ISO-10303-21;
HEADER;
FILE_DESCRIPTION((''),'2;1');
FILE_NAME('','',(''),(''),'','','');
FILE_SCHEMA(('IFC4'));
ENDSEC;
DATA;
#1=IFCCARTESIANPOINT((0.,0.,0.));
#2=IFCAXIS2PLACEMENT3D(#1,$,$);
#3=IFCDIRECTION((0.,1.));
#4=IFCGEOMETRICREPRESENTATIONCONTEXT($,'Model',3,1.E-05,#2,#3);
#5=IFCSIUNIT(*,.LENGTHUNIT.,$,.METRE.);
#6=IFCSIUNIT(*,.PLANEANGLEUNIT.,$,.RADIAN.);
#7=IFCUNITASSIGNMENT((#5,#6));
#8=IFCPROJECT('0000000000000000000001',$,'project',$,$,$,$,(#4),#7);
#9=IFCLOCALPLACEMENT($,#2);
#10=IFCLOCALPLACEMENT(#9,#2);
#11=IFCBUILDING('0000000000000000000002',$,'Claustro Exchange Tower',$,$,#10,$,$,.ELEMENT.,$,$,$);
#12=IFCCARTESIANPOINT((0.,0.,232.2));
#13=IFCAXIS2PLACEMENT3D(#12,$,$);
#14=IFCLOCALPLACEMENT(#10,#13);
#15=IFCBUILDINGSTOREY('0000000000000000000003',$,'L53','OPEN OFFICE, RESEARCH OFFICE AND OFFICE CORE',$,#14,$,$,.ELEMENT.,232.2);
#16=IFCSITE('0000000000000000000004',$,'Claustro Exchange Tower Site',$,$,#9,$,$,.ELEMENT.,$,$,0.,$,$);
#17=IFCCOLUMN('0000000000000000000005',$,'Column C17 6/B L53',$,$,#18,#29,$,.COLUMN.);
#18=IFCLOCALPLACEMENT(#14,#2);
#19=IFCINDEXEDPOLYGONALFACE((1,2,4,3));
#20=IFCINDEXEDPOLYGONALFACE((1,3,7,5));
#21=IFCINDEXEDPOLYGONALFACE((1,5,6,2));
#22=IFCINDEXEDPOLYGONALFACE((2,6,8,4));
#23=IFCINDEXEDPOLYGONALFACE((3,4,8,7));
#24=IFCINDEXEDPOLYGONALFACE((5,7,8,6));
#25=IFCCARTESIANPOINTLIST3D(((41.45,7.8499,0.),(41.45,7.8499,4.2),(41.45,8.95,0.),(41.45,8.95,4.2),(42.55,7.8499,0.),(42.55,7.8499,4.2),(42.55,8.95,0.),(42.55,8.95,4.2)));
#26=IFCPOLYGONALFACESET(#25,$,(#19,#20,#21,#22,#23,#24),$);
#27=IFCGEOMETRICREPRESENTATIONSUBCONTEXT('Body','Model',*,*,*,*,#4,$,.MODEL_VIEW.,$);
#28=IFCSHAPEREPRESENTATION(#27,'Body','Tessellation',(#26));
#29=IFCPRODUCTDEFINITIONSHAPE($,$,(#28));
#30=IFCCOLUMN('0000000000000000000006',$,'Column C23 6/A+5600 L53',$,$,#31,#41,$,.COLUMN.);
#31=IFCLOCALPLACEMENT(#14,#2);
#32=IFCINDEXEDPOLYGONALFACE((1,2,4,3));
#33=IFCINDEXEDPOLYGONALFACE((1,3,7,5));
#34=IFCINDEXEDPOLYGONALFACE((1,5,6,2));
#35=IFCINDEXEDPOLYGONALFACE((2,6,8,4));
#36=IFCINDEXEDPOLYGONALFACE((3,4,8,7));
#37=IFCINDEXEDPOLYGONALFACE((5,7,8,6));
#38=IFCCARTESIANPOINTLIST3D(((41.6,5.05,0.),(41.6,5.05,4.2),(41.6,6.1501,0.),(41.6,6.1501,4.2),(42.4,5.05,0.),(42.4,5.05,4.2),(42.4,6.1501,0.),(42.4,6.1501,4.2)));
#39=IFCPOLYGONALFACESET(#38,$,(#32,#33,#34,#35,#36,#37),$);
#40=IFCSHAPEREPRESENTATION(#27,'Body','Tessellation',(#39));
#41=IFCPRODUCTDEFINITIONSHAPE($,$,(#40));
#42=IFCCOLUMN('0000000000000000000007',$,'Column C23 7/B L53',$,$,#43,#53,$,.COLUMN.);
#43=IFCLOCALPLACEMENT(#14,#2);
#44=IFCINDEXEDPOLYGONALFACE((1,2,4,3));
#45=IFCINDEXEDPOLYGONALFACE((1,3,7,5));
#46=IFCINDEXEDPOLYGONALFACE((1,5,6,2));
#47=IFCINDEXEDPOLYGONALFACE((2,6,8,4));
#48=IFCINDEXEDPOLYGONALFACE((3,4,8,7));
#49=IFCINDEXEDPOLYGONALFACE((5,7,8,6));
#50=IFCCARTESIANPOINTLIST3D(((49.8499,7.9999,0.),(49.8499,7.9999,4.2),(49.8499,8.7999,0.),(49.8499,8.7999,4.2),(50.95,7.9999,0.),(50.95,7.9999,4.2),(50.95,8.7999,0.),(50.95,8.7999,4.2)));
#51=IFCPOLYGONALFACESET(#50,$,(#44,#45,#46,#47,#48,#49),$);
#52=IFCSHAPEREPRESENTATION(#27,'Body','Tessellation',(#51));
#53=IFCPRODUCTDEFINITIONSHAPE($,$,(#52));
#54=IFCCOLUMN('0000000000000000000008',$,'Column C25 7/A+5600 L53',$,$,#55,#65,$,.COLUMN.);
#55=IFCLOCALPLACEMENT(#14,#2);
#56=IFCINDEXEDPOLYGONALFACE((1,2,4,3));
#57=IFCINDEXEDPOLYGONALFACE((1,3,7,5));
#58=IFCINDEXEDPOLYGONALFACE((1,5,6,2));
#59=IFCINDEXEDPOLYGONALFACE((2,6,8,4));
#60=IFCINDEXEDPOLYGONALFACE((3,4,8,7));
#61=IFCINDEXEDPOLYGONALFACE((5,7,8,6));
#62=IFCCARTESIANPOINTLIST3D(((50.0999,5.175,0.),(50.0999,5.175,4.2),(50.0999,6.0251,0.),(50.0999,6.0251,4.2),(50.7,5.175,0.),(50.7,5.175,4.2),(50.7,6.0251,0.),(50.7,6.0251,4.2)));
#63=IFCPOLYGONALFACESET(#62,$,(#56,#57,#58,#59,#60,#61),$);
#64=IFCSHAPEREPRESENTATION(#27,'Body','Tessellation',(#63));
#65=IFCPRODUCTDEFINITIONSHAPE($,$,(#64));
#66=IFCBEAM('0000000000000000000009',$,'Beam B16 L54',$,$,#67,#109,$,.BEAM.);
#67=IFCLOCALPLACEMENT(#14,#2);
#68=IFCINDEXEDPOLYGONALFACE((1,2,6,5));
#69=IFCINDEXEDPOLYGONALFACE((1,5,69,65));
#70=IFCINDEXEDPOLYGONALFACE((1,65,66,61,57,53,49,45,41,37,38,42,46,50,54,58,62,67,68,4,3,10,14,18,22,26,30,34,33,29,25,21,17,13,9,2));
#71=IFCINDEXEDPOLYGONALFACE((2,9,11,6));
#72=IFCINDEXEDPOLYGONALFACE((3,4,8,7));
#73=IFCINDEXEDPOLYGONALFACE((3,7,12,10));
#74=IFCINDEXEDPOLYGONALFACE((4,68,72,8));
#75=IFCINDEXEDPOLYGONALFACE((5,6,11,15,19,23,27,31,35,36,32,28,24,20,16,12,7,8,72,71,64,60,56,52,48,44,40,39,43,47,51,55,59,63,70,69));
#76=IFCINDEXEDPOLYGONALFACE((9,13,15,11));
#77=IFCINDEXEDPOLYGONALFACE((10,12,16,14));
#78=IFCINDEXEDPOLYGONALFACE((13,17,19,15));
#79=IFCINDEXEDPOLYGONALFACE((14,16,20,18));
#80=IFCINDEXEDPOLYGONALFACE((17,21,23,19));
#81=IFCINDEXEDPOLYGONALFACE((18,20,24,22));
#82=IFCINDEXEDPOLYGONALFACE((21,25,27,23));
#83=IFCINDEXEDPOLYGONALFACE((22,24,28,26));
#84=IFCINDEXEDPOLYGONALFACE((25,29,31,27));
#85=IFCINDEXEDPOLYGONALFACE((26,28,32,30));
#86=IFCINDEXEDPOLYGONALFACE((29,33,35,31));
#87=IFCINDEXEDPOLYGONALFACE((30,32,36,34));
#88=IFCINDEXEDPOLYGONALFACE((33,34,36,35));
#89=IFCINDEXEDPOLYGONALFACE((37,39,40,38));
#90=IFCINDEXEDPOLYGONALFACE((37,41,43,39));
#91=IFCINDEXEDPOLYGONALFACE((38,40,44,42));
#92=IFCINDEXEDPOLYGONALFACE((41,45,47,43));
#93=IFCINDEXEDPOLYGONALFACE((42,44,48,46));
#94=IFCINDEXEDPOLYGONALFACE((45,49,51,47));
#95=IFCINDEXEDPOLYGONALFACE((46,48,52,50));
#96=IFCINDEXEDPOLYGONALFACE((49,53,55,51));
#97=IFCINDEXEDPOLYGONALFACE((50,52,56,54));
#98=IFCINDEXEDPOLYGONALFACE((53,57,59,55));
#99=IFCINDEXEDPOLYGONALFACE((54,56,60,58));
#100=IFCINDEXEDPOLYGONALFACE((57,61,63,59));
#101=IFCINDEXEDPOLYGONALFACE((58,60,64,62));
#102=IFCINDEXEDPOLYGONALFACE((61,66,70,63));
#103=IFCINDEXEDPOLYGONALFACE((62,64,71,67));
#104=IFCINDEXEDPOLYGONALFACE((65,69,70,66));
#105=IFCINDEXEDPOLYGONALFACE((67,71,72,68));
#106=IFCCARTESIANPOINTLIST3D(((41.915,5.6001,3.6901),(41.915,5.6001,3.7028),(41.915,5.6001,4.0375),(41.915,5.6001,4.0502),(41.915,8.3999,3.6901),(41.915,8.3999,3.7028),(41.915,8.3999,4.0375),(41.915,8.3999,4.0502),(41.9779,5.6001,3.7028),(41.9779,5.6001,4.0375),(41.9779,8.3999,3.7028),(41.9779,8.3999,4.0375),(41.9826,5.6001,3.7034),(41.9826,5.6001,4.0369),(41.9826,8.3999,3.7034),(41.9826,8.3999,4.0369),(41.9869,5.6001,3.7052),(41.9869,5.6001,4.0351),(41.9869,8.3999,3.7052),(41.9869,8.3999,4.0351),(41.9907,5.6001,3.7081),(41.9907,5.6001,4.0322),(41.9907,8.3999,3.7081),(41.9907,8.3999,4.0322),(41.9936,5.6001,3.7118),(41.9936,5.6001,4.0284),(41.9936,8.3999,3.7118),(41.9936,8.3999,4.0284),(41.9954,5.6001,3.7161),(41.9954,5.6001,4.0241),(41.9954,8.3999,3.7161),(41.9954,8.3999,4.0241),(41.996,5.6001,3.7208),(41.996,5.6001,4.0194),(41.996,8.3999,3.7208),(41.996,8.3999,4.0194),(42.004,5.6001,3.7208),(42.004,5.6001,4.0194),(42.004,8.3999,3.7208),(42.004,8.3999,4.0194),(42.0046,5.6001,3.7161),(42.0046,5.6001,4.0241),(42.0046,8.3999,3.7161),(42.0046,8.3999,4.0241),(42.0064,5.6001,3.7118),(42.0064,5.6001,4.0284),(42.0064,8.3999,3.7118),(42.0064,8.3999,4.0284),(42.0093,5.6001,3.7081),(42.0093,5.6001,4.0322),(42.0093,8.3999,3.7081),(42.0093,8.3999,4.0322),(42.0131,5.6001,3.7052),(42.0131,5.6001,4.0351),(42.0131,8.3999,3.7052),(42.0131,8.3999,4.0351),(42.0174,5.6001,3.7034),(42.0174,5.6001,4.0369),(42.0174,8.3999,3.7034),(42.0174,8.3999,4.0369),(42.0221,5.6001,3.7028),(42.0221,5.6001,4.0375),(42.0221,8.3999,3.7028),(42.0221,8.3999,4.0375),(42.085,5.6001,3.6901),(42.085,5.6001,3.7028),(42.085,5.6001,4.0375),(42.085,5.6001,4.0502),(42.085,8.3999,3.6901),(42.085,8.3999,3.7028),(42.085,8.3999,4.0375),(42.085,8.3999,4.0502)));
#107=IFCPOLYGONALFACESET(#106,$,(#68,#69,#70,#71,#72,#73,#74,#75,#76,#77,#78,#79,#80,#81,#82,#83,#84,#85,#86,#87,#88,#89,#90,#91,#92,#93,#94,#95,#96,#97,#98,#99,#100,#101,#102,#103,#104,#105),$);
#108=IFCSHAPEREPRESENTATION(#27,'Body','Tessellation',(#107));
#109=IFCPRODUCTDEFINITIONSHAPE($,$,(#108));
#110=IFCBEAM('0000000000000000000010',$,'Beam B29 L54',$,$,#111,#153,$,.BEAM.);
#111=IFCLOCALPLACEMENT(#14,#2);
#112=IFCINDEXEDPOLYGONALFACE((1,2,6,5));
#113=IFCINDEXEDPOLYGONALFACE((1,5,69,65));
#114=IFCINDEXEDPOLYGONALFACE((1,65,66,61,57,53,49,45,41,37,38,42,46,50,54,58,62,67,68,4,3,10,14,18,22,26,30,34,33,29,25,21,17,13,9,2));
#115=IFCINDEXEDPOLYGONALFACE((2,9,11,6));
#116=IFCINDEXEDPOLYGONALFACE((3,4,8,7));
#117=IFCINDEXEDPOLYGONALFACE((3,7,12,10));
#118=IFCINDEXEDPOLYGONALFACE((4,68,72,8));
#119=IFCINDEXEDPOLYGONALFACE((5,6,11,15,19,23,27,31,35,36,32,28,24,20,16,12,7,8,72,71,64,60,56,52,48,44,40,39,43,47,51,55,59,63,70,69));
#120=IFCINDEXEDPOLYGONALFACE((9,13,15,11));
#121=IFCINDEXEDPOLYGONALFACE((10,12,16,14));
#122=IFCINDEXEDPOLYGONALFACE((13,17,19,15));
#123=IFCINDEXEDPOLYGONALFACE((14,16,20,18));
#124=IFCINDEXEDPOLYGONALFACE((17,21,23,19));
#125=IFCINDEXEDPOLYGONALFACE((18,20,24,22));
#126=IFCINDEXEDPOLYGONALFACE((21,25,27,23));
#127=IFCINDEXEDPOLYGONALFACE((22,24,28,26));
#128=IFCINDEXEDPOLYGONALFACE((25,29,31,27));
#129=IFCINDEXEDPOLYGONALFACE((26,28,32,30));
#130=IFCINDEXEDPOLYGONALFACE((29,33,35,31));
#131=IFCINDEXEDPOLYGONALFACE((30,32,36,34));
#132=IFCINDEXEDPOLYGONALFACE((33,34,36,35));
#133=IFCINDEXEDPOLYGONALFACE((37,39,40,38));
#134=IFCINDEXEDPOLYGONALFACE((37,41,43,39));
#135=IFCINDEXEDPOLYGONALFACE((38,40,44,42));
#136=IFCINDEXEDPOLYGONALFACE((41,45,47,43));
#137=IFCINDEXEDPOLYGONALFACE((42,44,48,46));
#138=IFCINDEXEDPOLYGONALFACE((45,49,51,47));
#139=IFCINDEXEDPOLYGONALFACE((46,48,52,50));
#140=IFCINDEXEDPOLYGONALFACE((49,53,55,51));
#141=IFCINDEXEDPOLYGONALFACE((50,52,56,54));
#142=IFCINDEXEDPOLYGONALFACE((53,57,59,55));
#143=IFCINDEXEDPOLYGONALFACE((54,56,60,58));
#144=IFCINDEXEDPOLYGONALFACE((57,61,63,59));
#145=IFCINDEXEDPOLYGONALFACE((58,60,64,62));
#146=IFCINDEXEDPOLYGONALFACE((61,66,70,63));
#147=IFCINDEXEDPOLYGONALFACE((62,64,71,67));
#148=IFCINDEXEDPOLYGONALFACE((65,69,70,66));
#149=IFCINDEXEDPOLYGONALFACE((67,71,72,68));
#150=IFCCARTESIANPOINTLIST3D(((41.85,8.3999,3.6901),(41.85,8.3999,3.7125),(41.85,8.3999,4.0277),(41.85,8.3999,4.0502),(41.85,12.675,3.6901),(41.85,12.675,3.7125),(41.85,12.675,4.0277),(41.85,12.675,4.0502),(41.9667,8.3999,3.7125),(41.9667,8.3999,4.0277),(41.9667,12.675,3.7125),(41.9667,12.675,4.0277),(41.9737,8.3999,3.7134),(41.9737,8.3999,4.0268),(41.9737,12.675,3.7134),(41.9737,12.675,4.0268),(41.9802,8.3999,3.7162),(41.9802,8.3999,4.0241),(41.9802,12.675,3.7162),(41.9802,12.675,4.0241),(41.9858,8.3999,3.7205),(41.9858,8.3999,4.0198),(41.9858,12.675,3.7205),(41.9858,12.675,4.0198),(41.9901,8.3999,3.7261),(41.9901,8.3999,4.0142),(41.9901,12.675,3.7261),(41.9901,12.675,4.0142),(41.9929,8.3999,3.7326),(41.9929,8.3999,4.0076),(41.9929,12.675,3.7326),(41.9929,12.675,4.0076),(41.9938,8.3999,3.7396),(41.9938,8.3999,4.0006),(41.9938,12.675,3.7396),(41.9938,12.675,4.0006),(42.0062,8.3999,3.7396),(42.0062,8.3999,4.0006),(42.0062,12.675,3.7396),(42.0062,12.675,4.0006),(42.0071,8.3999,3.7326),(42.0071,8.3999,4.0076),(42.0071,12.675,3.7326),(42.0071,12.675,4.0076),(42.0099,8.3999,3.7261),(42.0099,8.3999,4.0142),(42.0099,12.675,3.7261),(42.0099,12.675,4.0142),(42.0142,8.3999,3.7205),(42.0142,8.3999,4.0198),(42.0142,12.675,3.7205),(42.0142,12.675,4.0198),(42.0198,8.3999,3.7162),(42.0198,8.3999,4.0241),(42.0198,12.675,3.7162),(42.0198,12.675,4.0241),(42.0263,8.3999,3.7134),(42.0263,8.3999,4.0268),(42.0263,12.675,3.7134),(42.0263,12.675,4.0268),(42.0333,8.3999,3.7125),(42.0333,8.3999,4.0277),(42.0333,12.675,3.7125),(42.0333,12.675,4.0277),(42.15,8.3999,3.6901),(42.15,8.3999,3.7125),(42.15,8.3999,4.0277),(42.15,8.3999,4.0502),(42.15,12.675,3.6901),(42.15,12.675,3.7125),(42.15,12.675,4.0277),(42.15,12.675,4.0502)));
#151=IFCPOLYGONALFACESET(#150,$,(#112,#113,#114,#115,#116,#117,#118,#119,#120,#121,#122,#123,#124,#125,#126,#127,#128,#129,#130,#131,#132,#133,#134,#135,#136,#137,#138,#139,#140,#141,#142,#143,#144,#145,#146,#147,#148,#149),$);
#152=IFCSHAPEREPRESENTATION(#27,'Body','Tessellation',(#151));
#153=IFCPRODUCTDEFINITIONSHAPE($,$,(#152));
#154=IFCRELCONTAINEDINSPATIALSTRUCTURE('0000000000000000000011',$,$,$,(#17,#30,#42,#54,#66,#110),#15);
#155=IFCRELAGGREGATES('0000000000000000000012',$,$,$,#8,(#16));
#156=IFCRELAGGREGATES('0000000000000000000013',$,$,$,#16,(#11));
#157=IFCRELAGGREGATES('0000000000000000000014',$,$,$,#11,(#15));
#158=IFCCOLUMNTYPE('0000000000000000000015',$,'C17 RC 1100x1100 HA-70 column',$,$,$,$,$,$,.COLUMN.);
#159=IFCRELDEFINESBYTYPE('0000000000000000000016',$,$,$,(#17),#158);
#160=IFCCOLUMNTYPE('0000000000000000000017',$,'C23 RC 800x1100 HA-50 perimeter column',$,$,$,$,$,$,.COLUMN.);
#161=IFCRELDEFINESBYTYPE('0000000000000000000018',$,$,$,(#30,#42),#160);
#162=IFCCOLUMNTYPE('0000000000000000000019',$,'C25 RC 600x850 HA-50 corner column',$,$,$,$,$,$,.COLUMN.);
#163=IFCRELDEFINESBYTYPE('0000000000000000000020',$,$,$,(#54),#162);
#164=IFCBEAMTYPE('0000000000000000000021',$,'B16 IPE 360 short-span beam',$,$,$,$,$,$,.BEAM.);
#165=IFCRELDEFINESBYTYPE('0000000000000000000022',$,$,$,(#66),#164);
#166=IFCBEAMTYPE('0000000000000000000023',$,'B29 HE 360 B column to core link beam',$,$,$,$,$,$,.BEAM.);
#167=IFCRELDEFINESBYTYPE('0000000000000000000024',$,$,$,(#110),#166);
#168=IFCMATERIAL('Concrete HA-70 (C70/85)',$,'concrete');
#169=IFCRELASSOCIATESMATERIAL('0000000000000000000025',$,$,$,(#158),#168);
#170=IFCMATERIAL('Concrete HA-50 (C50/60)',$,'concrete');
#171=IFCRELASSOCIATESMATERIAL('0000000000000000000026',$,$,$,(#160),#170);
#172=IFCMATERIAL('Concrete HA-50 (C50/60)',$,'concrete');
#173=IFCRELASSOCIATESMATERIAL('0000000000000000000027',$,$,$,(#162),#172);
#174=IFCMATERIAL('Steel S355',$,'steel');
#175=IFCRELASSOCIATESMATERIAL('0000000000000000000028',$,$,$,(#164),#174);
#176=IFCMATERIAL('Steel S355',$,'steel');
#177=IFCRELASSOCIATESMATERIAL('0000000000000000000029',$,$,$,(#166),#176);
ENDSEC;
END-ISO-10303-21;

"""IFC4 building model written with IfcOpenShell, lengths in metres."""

from ifc_helpers import new_model, si_unit, direction, frame, origin, origin_2d, place, context, subcontext, project, spatial, rectangle, i_section, extrude, material, material_profile, profile_set, type_object, element, save


model = new_model("IFC4")

# Units and contexts
model_context = context("Model", 3, precision=1e-05, world=origin(), true_north=direction((0.0, 1.0)))
body_context = subcontext(model_context, "Body", "Model", "MODEL_VIEW")
ifc_project = project(units=[si_unit("LENGTHUNIT", "METRE"), si_unit("PLANEANGLEUNIT", "RADIAN")], contexts=[model_context])

# Site, building, storey
site_placement = place(None, origin())
site = spatial("IfcSite", under=ifc_project, at=site_placement, Name="Claustro Exchange Tower Site", CompositionType="ELEMENT", RefElevation=0.0)
building_placement = place(site_placement, origin())
building = spatial("IfcBuilding", under=site, at=building_placement, Name="Claustro Exchange Tower", CompositionType="ELEMENT")
storey_placement = place(building_placement, frame((0.0, 0.0, 232.2)))
storey = spatial("IfcBuildingStorey", under=building, at=storey_placement, Name="L53", Description="OPEN OFFICE, RESEARCH OFFICE AND OFFICE CORE", CompositionType="ELEMENT", Elevation=232.2)

# Columns
ifc_material_1 = material(Name="Concrete HA-70 (C70/85)", Category="concrete")
ifc_material_profile_1 = material_profile(ifc_material_1, rectangle(XDim=1.1001, YDim=1.1001, at=origin_2d()), Name="RC 1100x1100")
ifc_profile_set_1 = profile_set([ifc_material_profile_1], Name="Concrete HA-70 (C70/85)")
column_type_1 = type_object("IfcColumnType", Name="C17 RC 1100x1100 HA-70 column", PredefinedType="COLUMN", material=ifc_profile_set_1)
column_1_placement = place(storey_placement, frame((42.0, 8.3999, 0.0), z_axis=(0.0, 0.0, 1.0), x_axis=(1.0, 0.0, 0.0)))
element("IfcColumn", 1, at=column_1_placement, inside=storey, type_object=column_type_1, Name="Column C17 6/B L53", PredefinedType="COLUMN", context=body_context, shape_type="SweptSolid", body=[
    extrude(rectangle(XDim=1.1001, YDim=1.1001, at=origin_2d()), origin(), (0.0, 0.0, 1.0), 4.2),
])
ifc_material_2 = material(Name="Concrete HA-50 (C50/60)", Category="concrete")
ifc_material_profile_2 = material_profile(ifc_material_2, rectangle(XDim=0.8, YDim=1.1001, at=origin_2d()), Name="RC 800x1100")
ifc_profile_set_2 = profile_set([ifc_material_profile_2], Name="Concrete HA-50 (C50/60)")
column_type_2 = type_object("IfcColumnType", Name="C23 RC 800x1100 HA-50 perimeter column", PredefinedType="COLUMN", material=ifc_profile_set_2)
for number, where, z_axis, x_axis, name in (
    (2, (42.0, 5.6001, 0.0), (0.0, 0.0, 1.0), (1.0, 0.0, 0.0), "Column C23 6/A+5600 L53"),
    (3, (50.3999, 8.3999, 0.0), (0.0, 0.0, 1.0), (0.0, 1.0, 0.0), "Column C23 7/B L53"),
):
    element("IfcColumn", number, at=place(storey_placement, frame(where, z_axis=z_axis, x_axis=x_axis)), inside=storey, type_object=column_type_2, Name=name, PredefinedType="COLUMN", context=body_context, shape_type="SweptSolid", body=[
        extrude(rectangle(XDim=0.8, YDim=1.1001, at=origin_2d()), origin(), (0.0, 0.0, 1.0), 4.2),
    ])
ifc_material_3 = material(Name="Concrete HA-50 (C50/60)", Category="concrete")
ifc_material_profile_3 = material_profile(ifc_material_3, rectangle(XDim=0.6001, YDim=0.8501, at=origin_2d()), Name="RC 600x850")
ifc_profile_set_3 = profile_set([ifc_material_profile_3], Name="Concrete HA-50 (C50/60)")
column_type_3 = type_object("IfcColumnType", Name="C25 RC 600x850 HA-50 corner column", PredefinedType="COLUMN", material=ifc_profile_set_3)
column_2_placement = place(storey_placement, frame((50.3999, 5.6001, 0.0), z_axis=(0.0, 0.0, 1.0), x_axis=(1.0, 0.0, 0.0)))
element("IfcColumn", 4, at=column_2_placement, inside=storey, type_object=column_type_3, Name="Column C25 7/A+5600 L53", PredefinedType="COLUMN", context=body_context, shape_type="SweptSolid", body=[
    extrude(rectangle(XDim=0.6001, YDim=0.8501, at=origin_2d()), origin(), (0.0, 0.0, 1.0), 4.2),
])

# Beams
ifc_material_4 = material(Name="Steel S355", Category="steel")
ifc_material_profile_4 = material_profile(ifc_material_4, i_section(OverallWidth=0.1699, OverallDepth=0.3601, WebThickness=0.0081, FlangeThickness=0.0127, FilletRadius=0.0181, at=origin_2d()), Name="IPE 360")
ifc_profile_set_4 = profile_set([ifc_material_profile_4], Name="Steel S355")
beam_type_1 = type_object("IfcBeamType", Name="B16 IPE 360 short-span beam", PredefinedType="BEAM", material=ifc_profile_set_4)
beam_1_placement = place(storey_placement, frame((42.0, 5.6001, 3.8701), z_axis=(0.0, 1.0, 0.0), x_axis=(-1.0, 0.0, 0.0)))
element("IfcBeam", 5, at=beam_1_placement, inside=storey, type_object=beam_type_1, Name="Beam B16 L54", PredefinedType="BEAM", context=body_context, shape_type="SweptSolid", body=[
    extrude(i_section(OverallWidth=0.1699, OverallDepth=0.3601, WebThickness=0.0081, FlangeThickness=0.0127, FilletRadius=0.0181, at=origin_2d()), origin(), (0.0, 0.0, 1.0), 2.7998),
])
ifc_material_5 = material(Name="Steel S355", Category="steel")
ifc_material_profile_5 = material_profile(ifc_material_5, i_section(OverallWidth=0.3, OverallDepth=0.3601, WebThickness=0.0125, FlangeThickness=0.0225, FilletRadius=0.0271, at=origin_2d()), Name="HE 360 B")
ifc_profile_set_5 = profile_set([ifc_material_profile_5], Name="Steel S355")
beam_type_2 = type_object("IfcBeamType", Name="B29 HE 360 B column to core link beam", PredefinedType="BEAM", material=ifc_profile_set_5)
beam_2_placement = place(storey_placement, frame((42.0, 8.3999, 3.8701), z_axis=(0.0, 1.0, 0.0), x_axis=(-1.0, 0.0, 0.0)))
element("IfcBeam", 6, at=beam_2_placement, inside=storey, type_object=beam_type_2, Name="Beam B29 L54", PredefinedType="BEAM", context=body_context, shape_type="SweptSolid", body=[
    extrude(i_section(OverallWidth=0.3, OverallDepth=0.3601, WebThickness=0.0125, FlangeThickness=0.0225, FilletRadius=0.0271, at=origin_2d()), origin(), (0.0, 0.0, 1.0), 4.2751),
])

save(model, "model.ifc")
